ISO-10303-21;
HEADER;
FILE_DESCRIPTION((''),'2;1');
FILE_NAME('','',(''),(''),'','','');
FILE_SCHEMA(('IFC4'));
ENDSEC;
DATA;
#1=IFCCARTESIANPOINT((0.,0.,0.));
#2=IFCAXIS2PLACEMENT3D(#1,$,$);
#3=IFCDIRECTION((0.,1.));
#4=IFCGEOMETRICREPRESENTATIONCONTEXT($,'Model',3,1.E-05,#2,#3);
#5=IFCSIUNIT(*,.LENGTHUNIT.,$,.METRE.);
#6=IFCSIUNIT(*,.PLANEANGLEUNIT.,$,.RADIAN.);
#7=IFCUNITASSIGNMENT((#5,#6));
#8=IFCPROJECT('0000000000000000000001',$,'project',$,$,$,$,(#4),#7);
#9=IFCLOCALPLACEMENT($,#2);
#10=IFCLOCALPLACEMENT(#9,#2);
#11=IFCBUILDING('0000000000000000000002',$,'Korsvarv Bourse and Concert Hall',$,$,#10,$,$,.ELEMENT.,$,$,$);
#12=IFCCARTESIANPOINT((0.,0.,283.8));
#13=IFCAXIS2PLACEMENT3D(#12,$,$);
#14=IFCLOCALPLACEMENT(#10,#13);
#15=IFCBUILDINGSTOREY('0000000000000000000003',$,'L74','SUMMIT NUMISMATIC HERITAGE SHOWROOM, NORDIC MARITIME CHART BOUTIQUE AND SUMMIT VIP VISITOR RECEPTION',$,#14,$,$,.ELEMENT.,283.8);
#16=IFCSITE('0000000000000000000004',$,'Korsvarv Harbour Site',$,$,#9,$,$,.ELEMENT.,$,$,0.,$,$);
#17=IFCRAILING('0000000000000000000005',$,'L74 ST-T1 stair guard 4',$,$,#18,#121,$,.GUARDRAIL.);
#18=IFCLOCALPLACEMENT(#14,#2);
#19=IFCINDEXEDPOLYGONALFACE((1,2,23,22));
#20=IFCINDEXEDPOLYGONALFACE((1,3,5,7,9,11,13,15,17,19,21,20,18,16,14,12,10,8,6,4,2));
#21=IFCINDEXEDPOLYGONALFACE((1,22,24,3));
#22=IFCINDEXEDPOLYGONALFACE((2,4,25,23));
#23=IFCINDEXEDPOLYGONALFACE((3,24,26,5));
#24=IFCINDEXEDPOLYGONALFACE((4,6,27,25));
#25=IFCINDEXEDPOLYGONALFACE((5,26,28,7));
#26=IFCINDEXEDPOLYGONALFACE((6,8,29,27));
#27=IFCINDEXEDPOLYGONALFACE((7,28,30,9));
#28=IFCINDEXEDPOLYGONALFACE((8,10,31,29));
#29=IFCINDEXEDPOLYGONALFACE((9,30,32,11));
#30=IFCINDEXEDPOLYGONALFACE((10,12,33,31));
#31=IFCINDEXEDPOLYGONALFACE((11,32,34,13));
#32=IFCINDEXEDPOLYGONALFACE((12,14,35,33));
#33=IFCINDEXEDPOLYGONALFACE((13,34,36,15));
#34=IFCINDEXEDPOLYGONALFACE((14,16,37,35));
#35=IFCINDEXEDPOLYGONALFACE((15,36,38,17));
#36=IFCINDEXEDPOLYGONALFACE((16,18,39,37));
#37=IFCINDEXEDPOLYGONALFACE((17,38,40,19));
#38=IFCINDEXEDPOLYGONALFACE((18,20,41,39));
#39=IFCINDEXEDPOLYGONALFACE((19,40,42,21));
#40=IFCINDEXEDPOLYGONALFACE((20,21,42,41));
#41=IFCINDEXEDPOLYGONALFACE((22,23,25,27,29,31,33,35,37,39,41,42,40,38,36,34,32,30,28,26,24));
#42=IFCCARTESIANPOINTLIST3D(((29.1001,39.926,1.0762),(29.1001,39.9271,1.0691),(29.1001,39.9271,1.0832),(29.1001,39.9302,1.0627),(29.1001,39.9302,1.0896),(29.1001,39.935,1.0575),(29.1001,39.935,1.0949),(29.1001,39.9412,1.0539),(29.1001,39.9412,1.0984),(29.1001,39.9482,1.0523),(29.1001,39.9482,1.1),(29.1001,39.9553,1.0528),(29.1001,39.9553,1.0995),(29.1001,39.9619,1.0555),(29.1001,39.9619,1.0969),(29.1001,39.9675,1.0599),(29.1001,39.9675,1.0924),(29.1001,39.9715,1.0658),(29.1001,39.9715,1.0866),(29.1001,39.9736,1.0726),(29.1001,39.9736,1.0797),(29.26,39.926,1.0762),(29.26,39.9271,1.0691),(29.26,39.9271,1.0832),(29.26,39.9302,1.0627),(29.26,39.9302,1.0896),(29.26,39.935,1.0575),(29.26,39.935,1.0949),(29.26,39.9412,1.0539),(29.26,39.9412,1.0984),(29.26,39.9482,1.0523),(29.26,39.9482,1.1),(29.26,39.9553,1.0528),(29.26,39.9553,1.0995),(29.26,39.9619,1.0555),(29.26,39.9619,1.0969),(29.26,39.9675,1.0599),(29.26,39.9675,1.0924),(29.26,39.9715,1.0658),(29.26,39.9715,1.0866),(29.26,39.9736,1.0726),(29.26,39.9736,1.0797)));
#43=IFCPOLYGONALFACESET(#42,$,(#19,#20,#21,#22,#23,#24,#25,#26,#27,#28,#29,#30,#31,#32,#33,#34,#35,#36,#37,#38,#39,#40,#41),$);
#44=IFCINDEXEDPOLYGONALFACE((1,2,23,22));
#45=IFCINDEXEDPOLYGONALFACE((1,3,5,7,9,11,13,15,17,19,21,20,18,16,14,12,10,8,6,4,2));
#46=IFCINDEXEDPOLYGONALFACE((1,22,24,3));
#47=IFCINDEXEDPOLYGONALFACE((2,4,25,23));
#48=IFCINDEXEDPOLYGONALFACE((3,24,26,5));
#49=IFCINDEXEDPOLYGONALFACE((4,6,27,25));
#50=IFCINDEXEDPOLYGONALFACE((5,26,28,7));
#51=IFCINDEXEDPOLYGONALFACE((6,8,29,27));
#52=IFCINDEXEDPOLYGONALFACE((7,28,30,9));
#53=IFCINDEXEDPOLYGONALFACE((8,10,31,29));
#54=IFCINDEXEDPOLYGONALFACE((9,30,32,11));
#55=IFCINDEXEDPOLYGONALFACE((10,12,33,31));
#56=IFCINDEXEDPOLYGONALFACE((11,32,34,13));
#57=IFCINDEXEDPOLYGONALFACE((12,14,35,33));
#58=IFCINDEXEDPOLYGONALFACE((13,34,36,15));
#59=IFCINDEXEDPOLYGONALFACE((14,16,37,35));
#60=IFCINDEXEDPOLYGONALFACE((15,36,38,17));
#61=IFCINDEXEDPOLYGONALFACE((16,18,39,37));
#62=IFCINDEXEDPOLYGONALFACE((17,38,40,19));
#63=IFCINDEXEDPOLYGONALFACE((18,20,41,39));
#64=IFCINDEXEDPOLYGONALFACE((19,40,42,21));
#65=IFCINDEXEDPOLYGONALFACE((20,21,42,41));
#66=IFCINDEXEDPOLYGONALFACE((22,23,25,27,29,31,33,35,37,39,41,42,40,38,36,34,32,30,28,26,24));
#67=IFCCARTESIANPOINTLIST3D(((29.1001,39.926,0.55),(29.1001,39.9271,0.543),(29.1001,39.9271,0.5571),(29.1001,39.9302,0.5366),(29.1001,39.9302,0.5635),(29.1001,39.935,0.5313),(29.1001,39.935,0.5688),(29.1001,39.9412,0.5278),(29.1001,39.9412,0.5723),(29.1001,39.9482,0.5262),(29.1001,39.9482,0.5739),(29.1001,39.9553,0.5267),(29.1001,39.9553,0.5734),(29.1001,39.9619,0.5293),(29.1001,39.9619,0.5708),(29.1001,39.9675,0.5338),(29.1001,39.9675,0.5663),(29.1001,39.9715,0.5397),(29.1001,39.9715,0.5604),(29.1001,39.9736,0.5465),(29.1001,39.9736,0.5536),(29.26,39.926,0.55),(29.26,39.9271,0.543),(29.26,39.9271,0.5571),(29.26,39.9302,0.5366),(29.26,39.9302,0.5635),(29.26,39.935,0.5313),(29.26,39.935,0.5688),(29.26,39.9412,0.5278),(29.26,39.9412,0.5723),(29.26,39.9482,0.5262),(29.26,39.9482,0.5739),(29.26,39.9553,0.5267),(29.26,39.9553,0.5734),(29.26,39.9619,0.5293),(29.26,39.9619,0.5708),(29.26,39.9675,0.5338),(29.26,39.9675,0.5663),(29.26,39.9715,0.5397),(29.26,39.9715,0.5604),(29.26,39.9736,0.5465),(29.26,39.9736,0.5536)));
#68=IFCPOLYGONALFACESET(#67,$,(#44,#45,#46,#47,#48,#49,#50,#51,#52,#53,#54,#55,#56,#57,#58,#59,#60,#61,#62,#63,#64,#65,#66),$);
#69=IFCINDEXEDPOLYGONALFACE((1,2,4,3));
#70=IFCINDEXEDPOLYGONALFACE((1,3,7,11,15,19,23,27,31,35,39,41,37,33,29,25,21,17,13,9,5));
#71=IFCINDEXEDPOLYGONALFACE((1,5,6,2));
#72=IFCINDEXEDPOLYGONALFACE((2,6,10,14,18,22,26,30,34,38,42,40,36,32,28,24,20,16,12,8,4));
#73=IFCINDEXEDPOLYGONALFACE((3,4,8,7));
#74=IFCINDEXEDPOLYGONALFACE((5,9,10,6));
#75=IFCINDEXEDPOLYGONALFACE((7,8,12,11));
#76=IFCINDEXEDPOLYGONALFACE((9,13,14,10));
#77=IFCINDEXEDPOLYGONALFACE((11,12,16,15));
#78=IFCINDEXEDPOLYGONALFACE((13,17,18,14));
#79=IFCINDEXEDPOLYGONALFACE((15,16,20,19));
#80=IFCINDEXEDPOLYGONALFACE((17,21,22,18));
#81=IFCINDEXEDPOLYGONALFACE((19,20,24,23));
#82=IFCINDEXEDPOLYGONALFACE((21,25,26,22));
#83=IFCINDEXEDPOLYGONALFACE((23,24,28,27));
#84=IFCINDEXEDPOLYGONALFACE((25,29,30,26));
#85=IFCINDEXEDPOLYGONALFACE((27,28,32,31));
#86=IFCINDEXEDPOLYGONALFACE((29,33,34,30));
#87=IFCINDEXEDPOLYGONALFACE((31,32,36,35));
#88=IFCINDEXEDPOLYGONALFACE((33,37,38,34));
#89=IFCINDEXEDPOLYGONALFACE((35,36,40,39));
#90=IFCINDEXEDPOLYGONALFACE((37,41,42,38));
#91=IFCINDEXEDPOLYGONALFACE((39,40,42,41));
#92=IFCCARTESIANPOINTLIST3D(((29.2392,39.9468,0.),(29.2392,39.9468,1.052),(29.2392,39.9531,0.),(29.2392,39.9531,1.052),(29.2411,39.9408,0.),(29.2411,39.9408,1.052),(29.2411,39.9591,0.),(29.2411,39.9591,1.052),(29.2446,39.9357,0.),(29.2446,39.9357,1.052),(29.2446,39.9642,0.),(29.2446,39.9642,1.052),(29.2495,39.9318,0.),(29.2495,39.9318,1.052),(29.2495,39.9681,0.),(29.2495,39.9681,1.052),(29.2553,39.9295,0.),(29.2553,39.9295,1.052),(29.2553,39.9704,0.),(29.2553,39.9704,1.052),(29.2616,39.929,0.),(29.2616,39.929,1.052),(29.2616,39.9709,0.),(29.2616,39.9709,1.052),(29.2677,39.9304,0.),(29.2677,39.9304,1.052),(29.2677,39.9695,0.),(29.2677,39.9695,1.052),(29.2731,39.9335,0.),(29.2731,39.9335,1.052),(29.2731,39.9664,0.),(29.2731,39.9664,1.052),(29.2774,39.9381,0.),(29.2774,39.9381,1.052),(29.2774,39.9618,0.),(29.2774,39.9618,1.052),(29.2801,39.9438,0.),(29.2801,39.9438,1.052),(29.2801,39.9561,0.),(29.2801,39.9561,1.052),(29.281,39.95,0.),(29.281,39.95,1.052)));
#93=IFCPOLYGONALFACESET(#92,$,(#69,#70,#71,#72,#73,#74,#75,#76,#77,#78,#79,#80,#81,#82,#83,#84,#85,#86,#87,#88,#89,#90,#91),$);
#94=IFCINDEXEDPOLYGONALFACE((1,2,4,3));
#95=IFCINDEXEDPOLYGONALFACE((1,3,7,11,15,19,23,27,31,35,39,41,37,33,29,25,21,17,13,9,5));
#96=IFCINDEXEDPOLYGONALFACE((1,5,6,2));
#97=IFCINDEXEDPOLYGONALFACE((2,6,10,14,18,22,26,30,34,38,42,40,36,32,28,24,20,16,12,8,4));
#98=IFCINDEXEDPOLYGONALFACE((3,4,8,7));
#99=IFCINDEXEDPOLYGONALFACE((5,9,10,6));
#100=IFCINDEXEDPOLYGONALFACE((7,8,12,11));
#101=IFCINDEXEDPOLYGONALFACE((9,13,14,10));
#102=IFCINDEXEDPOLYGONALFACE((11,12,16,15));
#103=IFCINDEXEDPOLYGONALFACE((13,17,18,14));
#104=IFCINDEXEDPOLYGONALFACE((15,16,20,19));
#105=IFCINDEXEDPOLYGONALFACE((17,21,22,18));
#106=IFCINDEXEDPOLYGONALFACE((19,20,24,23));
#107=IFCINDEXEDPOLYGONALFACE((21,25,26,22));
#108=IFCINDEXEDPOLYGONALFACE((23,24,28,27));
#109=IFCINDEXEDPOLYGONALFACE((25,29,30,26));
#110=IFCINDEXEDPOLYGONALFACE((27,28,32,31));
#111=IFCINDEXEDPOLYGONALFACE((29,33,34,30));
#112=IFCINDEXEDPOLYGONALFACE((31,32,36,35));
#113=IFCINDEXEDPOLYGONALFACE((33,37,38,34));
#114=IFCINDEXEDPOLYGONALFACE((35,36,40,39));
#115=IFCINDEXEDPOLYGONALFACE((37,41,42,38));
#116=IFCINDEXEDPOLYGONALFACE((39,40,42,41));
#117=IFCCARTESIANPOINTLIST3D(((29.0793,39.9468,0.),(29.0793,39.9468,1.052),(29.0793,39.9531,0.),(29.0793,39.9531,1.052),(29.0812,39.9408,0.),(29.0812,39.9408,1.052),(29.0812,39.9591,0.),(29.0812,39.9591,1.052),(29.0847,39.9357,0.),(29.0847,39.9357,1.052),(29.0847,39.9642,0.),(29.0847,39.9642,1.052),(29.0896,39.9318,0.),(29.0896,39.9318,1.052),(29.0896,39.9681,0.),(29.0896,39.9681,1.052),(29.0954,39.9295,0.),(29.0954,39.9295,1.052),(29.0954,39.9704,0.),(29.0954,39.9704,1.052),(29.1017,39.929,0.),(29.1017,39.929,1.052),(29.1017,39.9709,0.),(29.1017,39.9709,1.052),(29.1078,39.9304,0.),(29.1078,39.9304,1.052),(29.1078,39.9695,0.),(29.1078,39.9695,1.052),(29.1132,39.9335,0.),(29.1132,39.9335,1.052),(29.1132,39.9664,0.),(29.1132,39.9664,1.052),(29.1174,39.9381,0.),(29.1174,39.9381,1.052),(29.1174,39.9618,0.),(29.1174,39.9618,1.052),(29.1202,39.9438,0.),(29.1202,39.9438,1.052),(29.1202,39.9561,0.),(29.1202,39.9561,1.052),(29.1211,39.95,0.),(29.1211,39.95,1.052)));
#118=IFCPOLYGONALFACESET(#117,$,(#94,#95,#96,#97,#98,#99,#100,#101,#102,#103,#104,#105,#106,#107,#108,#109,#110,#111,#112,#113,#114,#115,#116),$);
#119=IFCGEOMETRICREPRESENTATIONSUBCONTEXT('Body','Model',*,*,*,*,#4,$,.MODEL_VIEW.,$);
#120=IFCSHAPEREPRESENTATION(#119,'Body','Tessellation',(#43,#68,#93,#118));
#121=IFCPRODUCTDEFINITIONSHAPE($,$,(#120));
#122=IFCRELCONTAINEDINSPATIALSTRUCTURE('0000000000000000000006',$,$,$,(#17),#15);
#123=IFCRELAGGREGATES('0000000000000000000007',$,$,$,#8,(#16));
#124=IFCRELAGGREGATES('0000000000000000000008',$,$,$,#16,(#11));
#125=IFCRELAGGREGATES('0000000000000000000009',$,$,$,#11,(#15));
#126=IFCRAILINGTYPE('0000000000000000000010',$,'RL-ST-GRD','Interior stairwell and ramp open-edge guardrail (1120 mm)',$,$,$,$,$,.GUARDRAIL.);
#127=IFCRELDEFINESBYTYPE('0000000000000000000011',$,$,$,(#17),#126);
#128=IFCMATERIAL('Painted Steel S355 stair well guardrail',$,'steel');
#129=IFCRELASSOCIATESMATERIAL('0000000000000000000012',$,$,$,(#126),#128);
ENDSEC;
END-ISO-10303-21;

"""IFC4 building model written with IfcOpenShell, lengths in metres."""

from ifc_helpers import new_model, si_unit, direction, frame, origin, origin_2d, place, context, subcontext, project, spatial, circle, extrude, material, type_object, element, save


model = new_model("IFC4")

# Units and contexts
model_context = context("Model", 3, precision=1e-05, world=origin(), true_north=direction((0.0, 1.0)))
body_context = subcontext(model_context, "Body", "Model", "MODEL_VIEW")
ifc_project = project(units=[si_unit("LENGTHUNIT", "METRE"), si_unit("PLANEANGLEUNIT", "RADIAN")], contexts=[model_context])

# Site, building, storey
site_placement = place(None, origin())
site = spatial("IfcSite", under=ifc_project, at=site_placement, Name="Korsvarv Harbour Site", CompositionType="ELEMENT", RefElevation=0.0)
building_placement = place(site_placement, origin())
building = spatial("IfcBuilding", under=site, at=building_placement, Name="Korsvarv Bourse and Concert Hall", CompositionType="ELEMENT")
storey_placement = place(building_placement, frame((0.0, 0.0, 283.8)))
storey = spatial("IfcBuildingStorey", under=building, at=storey_placement, Name="L74", Description="SUMMIT NUMISMATIC HERITAGE SHOWROOM, NORDIC MARITIME CHART BOUTIQUE AND SUMMIT VIP VISITOR RECEPTION", CompositionType="ELEMENT", Elevation=283.8)

# Railing
ifc_material_1 = material(Name="Painted Steel S355 stair well guardrail", Category="steel")
railing_type_1 = type_object("IfcRailingType", Name="RL-ST-GRD", Description="Interior stairwell and ramp open-edge guardrail (1120 mm)", PredefinedType="GUARDRAIL", material=ifc_material_1)
railing_1_placement = place(storey_placement, frame((29.26, 39.95, 0.0)))
element("IfcRailing", 1, at=railing_1_placement, inside=storey, type_object=railing_type_1, Name="L74 ST-T1 stair guard 4", PredefinedType="GUARDRAIL", context=body_context, shape_type="SweptSolid", body=[
    extrude(circle(Radius=0.0239, at=origin_2d()), frame((0.0, 0.0, 1.0762), z_axis=(-1.0, 0.0, 0.0), x_axis=(0.0, -1.0, 0.0)), (0.0, 0.0, 1.0), 0.1599),
    extrude(circle(Radius=0.0239, at=origin_2d()), frame((0.0, 0.0, 0.55), z_axis=(-1.0, 0.0, 0.0), x_axis=(0.0, -1.0, 0.0)), (0.0, 0.0, 1.0), 0.1599),
    extrude(circle(Radius=0.021, at=origin_2d()), origin(), (0.0, 0.0, 1.0), 1.052),
    extrude(circle(Radius=0.021, at=origin_2d()), frame((-0.1599, 0.0, 0.0)), (0.0, 0.0, 1.0), 1.052),
])

save(model, "model.ifc")
